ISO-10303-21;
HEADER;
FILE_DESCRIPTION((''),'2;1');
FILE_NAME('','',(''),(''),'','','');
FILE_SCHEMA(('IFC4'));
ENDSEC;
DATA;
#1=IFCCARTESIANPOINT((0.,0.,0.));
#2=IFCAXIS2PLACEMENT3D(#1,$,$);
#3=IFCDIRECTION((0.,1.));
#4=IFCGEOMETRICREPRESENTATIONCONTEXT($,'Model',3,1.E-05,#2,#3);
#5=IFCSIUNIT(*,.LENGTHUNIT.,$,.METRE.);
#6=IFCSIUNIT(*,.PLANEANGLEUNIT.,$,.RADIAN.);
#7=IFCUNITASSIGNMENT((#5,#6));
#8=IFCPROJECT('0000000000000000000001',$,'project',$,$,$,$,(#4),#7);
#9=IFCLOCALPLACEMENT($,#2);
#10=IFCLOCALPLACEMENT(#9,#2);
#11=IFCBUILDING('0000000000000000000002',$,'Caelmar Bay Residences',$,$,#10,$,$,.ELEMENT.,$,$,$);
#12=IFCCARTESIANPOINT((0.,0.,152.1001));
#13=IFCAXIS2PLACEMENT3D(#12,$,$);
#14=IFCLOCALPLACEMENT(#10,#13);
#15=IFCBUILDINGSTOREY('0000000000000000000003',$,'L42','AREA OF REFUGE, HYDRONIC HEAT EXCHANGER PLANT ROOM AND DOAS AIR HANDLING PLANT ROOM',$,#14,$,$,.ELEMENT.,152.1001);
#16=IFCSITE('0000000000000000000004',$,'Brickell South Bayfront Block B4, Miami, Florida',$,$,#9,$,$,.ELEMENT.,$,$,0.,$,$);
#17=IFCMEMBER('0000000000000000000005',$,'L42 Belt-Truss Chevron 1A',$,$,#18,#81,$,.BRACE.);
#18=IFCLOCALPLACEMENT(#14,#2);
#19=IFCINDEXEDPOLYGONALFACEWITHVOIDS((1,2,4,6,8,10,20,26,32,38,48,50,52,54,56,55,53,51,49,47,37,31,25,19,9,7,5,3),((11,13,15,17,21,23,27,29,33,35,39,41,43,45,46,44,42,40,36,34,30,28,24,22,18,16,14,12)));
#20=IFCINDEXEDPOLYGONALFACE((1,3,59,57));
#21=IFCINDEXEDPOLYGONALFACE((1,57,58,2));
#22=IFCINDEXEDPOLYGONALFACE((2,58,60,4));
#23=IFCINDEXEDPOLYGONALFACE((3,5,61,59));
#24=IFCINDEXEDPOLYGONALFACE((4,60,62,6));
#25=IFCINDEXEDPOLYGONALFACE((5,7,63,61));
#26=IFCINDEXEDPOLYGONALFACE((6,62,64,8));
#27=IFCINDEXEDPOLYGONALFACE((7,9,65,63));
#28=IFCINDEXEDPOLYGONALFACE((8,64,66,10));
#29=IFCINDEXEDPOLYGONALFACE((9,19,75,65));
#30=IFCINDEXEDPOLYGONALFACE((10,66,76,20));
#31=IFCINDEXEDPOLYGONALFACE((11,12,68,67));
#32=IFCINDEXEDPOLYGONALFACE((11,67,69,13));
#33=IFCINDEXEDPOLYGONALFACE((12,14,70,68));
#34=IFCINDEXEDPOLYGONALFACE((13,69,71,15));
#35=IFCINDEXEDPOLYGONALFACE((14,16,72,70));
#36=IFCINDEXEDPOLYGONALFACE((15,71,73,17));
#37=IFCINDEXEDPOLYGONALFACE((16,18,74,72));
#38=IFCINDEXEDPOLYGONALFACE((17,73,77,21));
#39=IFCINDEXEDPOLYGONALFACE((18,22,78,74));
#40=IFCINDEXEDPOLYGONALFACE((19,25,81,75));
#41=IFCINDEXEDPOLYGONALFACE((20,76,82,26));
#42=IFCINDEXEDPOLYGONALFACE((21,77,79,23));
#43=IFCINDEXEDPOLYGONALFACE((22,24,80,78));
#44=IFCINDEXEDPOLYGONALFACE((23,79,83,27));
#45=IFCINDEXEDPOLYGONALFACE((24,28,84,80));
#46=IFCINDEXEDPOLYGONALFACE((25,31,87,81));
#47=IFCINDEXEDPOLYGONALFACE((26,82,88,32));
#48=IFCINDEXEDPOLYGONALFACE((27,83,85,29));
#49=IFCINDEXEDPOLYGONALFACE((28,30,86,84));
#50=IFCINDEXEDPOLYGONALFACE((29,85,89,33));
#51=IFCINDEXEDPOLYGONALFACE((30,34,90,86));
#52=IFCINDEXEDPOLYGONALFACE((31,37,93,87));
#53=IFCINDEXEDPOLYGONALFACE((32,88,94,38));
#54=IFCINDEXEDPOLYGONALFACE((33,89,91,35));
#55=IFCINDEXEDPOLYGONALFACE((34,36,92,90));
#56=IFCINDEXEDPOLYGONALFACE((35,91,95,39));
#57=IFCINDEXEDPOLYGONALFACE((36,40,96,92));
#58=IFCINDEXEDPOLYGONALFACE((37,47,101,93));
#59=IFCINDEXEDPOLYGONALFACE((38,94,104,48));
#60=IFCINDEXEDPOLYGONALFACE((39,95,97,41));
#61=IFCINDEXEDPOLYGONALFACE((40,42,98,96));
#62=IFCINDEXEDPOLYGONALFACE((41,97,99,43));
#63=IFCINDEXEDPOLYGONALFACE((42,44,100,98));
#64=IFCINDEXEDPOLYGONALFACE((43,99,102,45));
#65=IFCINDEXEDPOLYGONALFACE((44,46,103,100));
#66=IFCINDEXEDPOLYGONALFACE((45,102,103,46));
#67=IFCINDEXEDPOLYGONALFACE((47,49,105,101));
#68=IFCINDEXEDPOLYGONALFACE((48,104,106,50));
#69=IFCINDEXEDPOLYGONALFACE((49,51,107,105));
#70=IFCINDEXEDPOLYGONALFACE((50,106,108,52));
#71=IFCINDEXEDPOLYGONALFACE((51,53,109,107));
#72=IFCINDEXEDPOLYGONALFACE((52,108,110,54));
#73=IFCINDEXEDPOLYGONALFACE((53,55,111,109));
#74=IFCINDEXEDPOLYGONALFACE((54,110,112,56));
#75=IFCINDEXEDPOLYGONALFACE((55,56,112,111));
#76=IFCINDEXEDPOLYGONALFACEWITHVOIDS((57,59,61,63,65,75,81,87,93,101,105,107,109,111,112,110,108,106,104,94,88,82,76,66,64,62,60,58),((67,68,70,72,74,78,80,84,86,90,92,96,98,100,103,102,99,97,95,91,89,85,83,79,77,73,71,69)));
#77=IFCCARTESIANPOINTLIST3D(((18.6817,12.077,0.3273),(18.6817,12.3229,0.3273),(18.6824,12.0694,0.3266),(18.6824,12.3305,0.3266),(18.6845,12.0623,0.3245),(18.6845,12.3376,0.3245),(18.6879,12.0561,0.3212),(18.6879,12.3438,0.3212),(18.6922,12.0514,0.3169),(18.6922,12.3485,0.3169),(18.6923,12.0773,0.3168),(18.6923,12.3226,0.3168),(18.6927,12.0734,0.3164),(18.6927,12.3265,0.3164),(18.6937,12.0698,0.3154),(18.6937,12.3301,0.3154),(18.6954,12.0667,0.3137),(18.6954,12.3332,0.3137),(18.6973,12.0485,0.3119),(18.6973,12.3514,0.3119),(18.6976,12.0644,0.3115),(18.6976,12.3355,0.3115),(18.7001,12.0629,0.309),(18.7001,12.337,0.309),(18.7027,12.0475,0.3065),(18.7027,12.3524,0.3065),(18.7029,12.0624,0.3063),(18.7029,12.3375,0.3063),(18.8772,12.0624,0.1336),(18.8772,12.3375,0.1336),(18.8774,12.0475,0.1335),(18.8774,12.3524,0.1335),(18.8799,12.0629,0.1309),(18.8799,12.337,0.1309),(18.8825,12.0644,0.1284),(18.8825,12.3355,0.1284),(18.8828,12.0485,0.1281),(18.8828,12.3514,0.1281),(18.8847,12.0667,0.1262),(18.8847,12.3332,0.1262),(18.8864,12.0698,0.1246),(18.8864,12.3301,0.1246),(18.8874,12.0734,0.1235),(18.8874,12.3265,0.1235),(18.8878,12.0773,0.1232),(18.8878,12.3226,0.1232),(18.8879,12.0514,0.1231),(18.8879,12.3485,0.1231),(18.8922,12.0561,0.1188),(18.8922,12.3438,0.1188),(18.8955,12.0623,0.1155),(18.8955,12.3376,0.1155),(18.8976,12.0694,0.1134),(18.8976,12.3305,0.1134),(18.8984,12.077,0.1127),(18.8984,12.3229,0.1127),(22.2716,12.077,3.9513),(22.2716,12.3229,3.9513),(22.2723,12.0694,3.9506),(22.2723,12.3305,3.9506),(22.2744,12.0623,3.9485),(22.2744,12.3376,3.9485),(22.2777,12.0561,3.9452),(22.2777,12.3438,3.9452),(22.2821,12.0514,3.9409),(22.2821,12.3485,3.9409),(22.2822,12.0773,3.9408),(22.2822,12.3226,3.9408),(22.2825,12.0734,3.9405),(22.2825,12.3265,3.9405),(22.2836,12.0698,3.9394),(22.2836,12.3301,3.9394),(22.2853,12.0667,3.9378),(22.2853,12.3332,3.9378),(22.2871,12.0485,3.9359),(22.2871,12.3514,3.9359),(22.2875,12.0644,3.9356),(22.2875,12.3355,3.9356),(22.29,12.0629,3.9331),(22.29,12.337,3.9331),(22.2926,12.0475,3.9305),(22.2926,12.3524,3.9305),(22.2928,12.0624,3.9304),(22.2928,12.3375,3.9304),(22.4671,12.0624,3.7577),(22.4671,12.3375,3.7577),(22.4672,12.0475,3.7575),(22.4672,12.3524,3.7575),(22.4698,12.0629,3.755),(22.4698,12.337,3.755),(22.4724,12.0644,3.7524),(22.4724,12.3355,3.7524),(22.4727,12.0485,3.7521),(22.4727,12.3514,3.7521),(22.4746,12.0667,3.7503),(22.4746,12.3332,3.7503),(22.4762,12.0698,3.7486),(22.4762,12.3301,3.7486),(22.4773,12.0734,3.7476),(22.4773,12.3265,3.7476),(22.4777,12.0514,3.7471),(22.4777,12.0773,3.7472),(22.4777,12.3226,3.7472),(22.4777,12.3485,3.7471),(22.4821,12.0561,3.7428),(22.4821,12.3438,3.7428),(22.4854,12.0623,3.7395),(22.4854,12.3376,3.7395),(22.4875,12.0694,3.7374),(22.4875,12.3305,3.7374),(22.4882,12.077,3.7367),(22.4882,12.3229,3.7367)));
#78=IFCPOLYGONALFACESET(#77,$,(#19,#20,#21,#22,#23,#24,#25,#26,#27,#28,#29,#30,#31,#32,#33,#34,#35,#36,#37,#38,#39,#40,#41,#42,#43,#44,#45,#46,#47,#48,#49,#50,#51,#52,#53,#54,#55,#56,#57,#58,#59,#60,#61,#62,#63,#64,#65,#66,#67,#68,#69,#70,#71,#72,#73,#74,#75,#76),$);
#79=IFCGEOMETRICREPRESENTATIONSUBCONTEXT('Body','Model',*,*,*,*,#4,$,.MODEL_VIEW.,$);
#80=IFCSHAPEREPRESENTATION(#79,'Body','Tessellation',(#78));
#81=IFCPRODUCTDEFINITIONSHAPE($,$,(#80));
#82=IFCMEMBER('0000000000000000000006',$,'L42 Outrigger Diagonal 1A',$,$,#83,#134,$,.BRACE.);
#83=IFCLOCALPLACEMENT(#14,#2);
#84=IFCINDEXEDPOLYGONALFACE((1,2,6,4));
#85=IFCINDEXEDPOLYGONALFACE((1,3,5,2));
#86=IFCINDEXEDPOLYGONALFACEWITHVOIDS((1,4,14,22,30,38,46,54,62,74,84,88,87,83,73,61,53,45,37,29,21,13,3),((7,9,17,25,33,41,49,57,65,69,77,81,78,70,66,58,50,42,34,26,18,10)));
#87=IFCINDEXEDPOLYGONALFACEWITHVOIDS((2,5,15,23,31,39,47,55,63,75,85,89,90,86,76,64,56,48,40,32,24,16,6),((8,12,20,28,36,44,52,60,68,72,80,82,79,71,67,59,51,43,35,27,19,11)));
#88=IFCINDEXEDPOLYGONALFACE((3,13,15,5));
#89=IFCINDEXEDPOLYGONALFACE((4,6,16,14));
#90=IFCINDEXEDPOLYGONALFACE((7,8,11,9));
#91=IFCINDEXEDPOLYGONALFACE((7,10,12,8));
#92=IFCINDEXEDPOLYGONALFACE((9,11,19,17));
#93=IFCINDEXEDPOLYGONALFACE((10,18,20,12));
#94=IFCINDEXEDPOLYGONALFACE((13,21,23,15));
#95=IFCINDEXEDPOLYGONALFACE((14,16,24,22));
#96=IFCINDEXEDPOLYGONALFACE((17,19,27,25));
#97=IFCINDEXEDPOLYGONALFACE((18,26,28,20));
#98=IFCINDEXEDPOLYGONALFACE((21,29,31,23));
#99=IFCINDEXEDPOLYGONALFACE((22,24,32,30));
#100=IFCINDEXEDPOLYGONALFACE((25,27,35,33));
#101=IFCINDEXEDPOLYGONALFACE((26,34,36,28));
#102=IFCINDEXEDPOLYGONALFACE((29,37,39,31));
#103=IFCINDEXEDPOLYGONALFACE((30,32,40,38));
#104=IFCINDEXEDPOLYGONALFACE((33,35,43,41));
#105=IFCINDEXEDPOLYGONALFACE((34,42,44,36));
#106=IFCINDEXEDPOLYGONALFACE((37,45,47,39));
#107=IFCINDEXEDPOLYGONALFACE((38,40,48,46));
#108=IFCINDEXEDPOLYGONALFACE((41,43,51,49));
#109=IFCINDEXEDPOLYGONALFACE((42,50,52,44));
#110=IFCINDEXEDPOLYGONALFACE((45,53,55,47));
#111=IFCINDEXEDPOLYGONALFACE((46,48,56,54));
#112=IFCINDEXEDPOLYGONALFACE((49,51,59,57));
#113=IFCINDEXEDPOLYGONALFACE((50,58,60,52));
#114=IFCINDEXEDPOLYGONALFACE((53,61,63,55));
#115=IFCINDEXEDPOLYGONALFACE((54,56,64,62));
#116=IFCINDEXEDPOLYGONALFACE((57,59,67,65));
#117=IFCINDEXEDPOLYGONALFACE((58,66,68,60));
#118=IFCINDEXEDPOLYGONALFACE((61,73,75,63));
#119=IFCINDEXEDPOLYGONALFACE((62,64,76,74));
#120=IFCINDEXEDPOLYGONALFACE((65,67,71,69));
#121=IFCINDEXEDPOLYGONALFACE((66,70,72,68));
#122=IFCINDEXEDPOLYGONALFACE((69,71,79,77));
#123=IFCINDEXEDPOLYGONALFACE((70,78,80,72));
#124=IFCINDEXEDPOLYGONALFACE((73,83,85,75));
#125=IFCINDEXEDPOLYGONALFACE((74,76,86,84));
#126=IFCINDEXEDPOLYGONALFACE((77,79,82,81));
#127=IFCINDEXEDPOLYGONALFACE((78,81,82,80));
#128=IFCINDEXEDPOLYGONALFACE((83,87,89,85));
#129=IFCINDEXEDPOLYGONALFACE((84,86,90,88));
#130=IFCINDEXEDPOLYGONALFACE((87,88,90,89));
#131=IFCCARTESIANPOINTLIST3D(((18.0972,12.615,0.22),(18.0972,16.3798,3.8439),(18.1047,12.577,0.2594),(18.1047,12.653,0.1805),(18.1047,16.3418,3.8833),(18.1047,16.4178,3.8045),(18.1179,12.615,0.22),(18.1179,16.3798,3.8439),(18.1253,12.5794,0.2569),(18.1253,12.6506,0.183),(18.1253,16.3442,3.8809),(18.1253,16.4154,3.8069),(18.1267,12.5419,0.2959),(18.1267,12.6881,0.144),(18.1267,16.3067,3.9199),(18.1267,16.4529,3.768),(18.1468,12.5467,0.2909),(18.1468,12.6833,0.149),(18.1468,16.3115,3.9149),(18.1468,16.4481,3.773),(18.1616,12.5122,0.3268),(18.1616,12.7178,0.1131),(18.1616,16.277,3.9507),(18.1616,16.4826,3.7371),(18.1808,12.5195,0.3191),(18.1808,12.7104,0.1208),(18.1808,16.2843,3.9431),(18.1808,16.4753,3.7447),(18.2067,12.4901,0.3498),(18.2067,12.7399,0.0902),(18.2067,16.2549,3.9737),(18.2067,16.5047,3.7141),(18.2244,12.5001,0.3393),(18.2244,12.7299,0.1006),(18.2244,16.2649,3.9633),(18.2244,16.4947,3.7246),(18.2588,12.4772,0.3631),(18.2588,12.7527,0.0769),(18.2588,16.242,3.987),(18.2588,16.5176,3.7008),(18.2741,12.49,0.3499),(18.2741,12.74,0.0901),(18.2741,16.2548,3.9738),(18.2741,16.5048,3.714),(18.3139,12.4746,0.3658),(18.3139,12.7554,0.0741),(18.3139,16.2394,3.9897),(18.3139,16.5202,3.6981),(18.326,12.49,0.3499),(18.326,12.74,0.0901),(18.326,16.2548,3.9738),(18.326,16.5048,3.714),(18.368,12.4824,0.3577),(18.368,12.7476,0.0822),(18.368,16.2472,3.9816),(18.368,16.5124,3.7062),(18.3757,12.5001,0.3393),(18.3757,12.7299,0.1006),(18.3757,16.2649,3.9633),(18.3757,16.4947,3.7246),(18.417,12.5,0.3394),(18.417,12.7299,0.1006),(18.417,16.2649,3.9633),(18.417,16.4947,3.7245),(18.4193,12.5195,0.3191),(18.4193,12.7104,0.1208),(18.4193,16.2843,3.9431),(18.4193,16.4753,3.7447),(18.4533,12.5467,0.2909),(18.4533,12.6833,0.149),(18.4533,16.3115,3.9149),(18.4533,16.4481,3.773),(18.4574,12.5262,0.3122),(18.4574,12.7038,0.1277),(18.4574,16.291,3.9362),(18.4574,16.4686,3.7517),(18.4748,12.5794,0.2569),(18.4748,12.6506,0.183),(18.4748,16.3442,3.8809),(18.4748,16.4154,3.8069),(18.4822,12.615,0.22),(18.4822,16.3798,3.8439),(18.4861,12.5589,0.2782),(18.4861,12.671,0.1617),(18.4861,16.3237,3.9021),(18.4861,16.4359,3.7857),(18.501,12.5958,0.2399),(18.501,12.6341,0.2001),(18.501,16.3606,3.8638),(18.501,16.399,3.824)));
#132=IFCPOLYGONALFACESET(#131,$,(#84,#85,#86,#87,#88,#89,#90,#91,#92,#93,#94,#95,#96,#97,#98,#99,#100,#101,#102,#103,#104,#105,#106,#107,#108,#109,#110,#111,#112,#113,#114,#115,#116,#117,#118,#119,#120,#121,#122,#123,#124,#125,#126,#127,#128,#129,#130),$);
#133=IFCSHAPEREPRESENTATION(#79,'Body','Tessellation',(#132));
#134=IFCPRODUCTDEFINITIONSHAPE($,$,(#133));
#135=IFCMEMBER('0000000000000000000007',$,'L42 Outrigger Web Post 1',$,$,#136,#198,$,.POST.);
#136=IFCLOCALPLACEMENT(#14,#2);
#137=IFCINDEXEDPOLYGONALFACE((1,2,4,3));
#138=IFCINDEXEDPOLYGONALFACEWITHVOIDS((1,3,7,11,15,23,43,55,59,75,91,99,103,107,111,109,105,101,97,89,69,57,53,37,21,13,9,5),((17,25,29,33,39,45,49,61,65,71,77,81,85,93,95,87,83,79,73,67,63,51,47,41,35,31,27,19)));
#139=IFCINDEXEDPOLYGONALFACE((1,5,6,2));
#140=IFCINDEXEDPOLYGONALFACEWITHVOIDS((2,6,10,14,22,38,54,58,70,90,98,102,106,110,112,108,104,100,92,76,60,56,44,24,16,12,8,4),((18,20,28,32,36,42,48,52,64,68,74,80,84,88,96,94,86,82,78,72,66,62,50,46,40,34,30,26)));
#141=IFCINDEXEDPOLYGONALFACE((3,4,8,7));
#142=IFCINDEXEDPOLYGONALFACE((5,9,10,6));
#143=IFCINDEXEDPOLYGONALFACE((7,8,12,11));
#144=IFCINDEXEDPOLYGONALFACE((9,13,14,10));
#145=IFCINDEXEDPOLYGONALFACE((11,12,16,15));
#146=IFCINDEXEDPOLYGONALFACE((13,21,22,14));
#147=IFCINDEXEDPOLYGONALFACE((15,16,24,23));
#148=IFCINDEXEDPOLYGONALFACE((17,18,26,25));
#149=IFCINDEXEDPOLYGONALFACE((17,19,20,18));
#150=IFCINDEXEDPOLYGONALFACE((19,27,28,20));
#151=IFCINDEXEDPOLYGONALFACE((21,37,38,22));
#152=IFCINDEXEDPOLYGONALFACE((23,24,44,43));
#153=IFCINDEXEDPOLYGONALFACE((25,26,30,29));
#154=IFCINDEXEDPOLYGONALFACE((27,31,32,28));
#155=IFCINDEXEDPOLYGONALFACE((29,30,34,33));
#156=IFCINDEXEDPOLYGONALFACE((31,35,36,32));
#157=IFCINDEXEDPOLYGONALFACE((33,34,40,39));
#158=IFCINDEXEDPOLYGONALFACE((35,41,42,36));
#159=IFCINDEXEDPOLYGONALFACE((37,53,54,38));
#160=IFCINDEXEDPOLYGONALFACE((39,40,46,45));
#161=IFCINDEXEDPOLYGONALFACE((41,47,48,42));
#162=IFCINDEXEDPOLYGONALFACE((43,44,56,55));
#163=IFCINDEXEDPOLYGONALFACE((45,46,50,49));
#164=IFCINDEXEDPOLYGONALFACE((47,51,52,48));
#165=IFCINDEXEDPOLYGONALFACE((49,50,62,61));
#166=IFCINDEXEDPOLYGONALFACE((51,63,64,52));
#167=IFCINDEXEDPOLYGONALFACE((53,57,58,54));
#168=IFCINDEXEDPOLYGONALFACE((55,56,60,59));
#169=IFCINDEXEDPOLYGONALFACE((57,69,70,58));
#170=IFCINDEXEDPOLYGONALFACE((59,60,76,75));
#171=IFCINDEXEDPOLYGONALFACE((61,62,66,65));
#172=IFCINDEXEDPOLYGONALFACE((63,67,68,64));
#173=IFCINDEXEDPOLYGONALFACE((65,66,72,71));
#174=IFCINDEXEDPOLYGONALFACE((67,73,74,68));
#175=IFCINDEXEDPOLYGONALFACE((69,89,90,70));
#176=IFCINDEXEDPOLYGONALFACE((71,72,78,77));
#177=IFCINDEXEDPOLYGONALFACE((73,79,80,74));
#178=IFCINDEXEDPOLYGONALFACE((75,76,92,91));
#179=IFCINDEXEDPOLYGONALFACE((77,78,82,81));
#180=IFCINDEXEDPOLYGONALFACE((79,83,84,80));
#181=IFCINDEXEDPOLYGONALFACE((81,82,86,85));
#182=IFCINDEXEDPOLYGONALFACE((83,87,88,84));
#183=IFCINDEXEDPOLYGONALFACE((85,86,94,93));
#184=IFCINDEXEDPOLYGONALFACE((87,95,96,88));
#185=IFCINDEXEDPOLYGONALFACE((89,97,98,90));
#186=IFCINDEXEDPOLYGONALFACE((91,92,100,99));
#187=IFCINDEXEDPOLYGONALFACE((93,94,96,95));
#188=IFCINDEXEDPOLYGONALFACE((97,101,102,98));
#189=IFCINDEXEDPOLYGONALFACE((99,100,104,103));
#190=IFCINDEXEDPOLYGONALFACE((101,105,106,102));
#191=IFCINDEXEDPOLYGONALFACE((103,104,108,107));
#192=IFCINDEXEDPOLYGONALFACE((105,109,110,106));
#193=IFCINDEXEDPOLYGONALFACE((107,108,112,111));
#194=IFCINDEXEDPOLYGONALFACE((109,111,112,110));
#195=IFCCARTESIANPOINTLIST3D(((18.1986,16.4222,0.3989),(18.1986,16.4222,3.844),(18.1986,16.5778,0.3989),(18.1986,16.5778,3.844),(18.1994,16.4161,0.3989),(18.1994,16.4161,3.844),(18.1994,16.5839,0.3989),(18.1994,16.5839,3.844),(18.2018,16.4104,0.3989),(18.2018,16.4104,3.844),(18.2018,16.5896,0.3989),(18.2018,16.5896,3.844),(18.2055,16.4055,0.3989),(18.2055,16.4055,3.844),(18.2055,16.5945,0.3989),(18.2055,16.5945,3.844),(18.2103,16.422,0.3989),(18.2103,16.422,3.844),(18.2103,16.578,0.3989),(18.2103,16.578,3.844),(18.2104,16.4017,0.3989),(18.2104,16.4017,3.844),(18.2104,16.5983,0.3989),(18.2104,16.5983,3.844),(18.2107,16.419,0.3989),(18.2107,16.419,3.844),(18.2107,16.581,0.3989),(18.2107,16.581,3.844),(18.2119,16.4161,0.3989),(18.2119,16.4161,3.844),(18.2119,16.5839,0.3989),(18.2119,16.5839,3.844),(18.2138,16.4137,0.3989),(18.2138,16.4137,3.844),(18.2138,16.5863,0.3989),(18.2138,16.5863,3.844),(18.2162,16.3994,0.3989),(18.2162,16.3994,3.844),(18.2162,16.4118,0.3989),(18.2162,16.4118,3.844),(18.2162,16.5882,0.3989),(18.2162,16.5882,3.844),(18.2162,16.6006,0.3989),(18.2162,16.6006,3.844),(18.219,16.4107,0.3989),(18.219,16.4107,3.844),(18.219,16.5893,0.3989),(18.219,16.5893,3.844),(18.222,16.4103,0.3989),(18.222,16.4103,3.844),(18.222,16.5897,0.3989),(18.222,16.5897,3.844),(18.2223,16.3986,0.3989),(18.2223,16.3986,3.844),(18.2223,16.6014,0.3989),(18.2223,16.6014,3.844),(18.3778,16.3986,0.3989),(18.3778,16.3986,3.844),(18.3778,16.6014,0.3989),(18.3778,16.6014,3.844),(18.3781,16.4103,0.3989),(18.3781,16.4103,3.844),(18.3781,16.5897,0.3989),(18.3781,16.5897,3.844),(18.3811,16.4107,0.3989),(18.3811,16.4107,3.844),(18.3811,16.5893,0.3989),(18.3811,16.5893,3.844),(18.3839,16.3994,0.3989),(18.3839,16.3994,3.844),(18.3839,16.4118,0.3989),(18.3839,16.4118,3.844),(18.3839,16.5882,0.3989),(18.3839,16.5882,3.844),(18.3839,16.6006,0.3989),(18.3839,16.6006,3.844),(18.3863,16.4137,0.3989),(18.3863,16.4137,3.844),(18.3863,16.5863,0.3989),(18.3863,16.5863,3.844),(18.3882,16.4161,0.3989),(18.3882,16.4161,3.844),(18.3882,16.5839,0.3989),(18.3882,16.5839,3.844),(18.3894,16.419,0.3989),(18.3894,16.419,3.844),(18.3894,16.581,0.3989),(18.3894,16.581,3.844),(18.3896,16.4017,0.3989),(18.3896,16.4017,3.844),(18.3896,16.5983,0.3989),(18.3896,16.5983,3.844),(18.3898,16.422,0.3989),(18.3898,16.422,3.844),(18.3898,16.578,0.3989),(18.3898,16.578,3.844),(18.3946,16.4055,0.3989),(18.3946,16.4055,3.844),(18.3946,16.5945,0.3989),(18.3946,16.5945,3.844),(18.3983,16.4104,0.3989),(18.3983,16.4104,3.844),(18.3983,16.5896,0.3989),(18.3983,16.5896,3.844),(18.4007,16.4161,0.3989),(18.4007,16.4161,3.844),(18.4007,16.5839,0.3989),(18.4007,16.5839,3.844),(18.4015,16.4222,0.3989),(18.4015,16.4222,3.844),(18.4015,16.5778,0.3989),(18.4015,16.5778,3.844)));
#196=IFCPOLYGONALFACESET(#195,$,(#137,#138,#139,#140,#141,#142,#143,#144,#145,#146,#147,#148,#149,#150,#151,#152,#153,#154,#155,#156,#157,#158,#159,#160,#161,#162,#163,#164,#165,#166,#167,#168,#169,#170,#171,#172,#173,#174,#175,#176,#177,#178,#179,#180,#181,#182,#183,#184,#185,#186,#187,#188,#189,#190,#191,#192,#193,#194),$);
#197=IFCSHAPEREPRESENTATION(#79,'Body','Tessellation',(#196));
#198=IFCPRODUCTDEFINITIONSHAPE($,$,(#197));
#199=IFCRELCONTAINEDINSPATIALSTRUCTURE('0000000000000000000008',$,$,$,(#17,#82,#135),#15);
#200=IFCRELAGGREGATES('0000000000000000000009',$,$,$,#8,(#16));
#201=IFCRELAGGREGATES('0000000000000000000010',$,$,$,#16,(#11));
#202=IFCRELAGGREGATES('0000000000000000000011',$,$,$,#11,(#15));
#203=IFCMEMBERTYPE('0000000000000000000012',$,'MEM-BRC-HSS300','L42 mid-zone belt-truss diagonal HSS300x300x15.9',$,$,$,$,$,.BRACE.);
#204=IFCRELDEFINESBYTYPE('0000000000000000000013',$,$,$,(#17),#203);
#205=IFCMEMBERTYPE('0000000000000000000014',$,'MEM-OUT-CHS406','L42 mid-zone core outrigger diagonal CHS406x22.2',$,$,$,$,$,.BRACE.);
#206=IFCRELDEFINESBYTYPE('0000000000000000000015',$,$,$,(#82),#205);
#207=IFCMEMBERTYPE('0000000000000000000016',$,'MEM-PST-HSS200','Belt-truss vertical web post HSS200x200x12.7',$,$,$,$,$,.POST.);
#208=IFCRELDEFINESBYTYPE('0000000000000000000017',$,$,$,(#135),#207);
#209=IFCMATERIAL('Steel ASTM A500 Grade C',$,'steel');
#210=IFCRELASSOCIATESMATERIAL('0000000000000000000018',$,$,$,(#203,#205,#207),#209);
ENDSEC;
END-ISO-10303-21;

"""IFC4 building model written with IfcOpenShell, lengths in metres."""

from ifc_helpers import new_model, si_unit, direction, frame, origin, origin_2d, place, context, subcontext, project, spatial, hollow_rectangle, hollow_circle, extrude, material, material_profile, profile_set, type_object, element, save


model = new_model("IFC4")

# Units and contexts
model_context = context("Model", 3, precision=1e-05, world=origin(), true_north=direction((0.0, 1.0)))
body_context = subcontext(model_context, "Body", "Model", "MODEL_VIEW")
ifc_project = project(units=[si_unit("LENGTHUNIT", "METRE"), si_unit("PLANEANGLEUNIT", "RADIAN")], contexts=[model_context])

# Site, building, storey
site_placement = place(None, origin())
site = spatial("IfcSite", under=ifc_project, at=site_placement, Name="Brickell South Bayfront Block B4, Miami, Florida", CompositionType="ELEMENT", RefElevation=0.0)
building_placement = place(site_placement, origin())
building = spatial("IfcBuilding", under=site, at=building_placement, Name="Caelmar Bay Residences", CompositionType="ELEMENT")
storey_placement = place(building_placement, frame((0.0, 0.0, 152.1001)))
storey = spatial("IfcBuildingStorey", under=building, at=storey_placement, Name="L42", Description="AREA OF REFUGE, HYDRONIC HEAT EXCHANGER PLANT ROOM AND DOAS AIR HANDLING PLANT ROOM", CompositionType="ELEMENT", Elevation=152.1001)

# Members
ifc_material_1 = material(Name="Steel ASTM A500 Grade C", Category="steel")
ifc_material_profile_1 = material_profile(ifc_material_1, hollow_rectangle(XDim=0.3049, YDim=0.3049, WallThickness=0.0149, InnerFilletRadius=0.0149, OuterFilletRadius=0.0295, at=origin_2d()), Name="HSS300X300X15.9")
ifc_profile_set_1 = profile_set([ifc_material_profile_1], Name="Steel ASTM A500 Grade C")
member_type_1 = type_object("IfcMemberType", Name="MEM-BRC-HSS300", Description="L42 mid-zone belt-truss diagonal HSS300x300x15.9", PredefinedType="BRACE", material=ifc_profile_set_1)
member_1_placement = place(storey_placement, frame((18.79, 12.2, 0.22), z_axis=(0.703749, 0.0, 0.710449), x_axis=(0.0, 1.0, 0.0)))
element("IfcMember", 1, at=member_1_placement, inside=storey, type_object=member_type_1, Name="L42 Belt-Truss Chevron 1A", PredefinedType="BRACE", context=body_context, shape_type="SweptSolid", body=[
    extrude(hollow_rectangle(XDim=0.3049, YDim=0.3049, WallThickness=0.0149, InnerFilletRadius=0.0149, OuterFilletRadius=0.0295, at=origin_2d()), origin(), (0.0, 0.0, 1.0), 5.1011),
])
ifc_material_profile_2 = material_profile(ifc_material_1, hollow_circle(Radius=0.2029, WallThickness=0.0208, at=origin_2d()), Name="CHS406X22.2")
ifc_profile_set_2 = profile_set([ifc_material_profile_2], Name="Steel ASTM A500 Grade C")
member_type_2 = type_object("IfcMemberType", Name="MEM-OUT-CHS406", Description="L42 mid-zone core outrigger diagonal CHS406x22.2", PredefinedType="BRACE", material=ifc_profile_set_2)
member_2_placement = place(storey_placement, frame((18.3, 12.615, 0.22), z_axis=(0.0, 0.720457, 0.6935), x_axis=(-1.0, 0.0, 0.0)))
element("IfcMember", 2, at=member_2_placement, inside=storey, type_object=member_type_2, Name="L42 Outrigger Diagonal 1A", PredefinedType="BRACE", context=body_context, shape_type="SweptSolid", body=[
    extrude(hollow_circle(Radius=0.2029, WallThickness=0.0208, at=origin_2d()), origin(), (0.0, 0.0, 1.0), 5.2256),
])
ifc_material_profile_3 = material_profile(ifc_material_1, hollow_rectangle(XDim=0.2029, YDim=0.2029, WallThickness=0.0117, InnerFilletRadius=0.0117, OuterFilletRadius=0.0237, at=origin_2d()), Name="HSS200X200X12.7")
ifc_profile_set_3 = profile_set([ifc_material_profile_3], Name="Steel ASTM A500 Grade C")
member_type_3 = type_object("IfcMemberType", Name="MEM-PST-HSS200", Description="Belt-truss vertical web post HSS200x200x12.7", PredefinedType="POST", material=ifc_profile_set_3)
member_3_placement = place(storey_placement, frame((18.3, 16.5, 0.3989), z_axis=(0.0, 0.0, 1.0), x_axis=(1.0, 0.0, 0.0)))
element("IfcMember", 3, at=member_3_placement, inside=storey, type_object=member_type_3, Name="L42 Outrigger Web Post 1", PredefinedType="POST", context=body_context, shape_type="SweptSolid", body=[
    extrude(hollow_rectangle(XDim=0.2029, YDim=0.2029, WallThickness=0.0117, InnerFilletRadius=0.0117, OuterFilletRadius=0.0237, at=origin_2d()), origin(), (0.0, 0.0, 1.0), 3.4451),
])

save(model, "model.ifc")
